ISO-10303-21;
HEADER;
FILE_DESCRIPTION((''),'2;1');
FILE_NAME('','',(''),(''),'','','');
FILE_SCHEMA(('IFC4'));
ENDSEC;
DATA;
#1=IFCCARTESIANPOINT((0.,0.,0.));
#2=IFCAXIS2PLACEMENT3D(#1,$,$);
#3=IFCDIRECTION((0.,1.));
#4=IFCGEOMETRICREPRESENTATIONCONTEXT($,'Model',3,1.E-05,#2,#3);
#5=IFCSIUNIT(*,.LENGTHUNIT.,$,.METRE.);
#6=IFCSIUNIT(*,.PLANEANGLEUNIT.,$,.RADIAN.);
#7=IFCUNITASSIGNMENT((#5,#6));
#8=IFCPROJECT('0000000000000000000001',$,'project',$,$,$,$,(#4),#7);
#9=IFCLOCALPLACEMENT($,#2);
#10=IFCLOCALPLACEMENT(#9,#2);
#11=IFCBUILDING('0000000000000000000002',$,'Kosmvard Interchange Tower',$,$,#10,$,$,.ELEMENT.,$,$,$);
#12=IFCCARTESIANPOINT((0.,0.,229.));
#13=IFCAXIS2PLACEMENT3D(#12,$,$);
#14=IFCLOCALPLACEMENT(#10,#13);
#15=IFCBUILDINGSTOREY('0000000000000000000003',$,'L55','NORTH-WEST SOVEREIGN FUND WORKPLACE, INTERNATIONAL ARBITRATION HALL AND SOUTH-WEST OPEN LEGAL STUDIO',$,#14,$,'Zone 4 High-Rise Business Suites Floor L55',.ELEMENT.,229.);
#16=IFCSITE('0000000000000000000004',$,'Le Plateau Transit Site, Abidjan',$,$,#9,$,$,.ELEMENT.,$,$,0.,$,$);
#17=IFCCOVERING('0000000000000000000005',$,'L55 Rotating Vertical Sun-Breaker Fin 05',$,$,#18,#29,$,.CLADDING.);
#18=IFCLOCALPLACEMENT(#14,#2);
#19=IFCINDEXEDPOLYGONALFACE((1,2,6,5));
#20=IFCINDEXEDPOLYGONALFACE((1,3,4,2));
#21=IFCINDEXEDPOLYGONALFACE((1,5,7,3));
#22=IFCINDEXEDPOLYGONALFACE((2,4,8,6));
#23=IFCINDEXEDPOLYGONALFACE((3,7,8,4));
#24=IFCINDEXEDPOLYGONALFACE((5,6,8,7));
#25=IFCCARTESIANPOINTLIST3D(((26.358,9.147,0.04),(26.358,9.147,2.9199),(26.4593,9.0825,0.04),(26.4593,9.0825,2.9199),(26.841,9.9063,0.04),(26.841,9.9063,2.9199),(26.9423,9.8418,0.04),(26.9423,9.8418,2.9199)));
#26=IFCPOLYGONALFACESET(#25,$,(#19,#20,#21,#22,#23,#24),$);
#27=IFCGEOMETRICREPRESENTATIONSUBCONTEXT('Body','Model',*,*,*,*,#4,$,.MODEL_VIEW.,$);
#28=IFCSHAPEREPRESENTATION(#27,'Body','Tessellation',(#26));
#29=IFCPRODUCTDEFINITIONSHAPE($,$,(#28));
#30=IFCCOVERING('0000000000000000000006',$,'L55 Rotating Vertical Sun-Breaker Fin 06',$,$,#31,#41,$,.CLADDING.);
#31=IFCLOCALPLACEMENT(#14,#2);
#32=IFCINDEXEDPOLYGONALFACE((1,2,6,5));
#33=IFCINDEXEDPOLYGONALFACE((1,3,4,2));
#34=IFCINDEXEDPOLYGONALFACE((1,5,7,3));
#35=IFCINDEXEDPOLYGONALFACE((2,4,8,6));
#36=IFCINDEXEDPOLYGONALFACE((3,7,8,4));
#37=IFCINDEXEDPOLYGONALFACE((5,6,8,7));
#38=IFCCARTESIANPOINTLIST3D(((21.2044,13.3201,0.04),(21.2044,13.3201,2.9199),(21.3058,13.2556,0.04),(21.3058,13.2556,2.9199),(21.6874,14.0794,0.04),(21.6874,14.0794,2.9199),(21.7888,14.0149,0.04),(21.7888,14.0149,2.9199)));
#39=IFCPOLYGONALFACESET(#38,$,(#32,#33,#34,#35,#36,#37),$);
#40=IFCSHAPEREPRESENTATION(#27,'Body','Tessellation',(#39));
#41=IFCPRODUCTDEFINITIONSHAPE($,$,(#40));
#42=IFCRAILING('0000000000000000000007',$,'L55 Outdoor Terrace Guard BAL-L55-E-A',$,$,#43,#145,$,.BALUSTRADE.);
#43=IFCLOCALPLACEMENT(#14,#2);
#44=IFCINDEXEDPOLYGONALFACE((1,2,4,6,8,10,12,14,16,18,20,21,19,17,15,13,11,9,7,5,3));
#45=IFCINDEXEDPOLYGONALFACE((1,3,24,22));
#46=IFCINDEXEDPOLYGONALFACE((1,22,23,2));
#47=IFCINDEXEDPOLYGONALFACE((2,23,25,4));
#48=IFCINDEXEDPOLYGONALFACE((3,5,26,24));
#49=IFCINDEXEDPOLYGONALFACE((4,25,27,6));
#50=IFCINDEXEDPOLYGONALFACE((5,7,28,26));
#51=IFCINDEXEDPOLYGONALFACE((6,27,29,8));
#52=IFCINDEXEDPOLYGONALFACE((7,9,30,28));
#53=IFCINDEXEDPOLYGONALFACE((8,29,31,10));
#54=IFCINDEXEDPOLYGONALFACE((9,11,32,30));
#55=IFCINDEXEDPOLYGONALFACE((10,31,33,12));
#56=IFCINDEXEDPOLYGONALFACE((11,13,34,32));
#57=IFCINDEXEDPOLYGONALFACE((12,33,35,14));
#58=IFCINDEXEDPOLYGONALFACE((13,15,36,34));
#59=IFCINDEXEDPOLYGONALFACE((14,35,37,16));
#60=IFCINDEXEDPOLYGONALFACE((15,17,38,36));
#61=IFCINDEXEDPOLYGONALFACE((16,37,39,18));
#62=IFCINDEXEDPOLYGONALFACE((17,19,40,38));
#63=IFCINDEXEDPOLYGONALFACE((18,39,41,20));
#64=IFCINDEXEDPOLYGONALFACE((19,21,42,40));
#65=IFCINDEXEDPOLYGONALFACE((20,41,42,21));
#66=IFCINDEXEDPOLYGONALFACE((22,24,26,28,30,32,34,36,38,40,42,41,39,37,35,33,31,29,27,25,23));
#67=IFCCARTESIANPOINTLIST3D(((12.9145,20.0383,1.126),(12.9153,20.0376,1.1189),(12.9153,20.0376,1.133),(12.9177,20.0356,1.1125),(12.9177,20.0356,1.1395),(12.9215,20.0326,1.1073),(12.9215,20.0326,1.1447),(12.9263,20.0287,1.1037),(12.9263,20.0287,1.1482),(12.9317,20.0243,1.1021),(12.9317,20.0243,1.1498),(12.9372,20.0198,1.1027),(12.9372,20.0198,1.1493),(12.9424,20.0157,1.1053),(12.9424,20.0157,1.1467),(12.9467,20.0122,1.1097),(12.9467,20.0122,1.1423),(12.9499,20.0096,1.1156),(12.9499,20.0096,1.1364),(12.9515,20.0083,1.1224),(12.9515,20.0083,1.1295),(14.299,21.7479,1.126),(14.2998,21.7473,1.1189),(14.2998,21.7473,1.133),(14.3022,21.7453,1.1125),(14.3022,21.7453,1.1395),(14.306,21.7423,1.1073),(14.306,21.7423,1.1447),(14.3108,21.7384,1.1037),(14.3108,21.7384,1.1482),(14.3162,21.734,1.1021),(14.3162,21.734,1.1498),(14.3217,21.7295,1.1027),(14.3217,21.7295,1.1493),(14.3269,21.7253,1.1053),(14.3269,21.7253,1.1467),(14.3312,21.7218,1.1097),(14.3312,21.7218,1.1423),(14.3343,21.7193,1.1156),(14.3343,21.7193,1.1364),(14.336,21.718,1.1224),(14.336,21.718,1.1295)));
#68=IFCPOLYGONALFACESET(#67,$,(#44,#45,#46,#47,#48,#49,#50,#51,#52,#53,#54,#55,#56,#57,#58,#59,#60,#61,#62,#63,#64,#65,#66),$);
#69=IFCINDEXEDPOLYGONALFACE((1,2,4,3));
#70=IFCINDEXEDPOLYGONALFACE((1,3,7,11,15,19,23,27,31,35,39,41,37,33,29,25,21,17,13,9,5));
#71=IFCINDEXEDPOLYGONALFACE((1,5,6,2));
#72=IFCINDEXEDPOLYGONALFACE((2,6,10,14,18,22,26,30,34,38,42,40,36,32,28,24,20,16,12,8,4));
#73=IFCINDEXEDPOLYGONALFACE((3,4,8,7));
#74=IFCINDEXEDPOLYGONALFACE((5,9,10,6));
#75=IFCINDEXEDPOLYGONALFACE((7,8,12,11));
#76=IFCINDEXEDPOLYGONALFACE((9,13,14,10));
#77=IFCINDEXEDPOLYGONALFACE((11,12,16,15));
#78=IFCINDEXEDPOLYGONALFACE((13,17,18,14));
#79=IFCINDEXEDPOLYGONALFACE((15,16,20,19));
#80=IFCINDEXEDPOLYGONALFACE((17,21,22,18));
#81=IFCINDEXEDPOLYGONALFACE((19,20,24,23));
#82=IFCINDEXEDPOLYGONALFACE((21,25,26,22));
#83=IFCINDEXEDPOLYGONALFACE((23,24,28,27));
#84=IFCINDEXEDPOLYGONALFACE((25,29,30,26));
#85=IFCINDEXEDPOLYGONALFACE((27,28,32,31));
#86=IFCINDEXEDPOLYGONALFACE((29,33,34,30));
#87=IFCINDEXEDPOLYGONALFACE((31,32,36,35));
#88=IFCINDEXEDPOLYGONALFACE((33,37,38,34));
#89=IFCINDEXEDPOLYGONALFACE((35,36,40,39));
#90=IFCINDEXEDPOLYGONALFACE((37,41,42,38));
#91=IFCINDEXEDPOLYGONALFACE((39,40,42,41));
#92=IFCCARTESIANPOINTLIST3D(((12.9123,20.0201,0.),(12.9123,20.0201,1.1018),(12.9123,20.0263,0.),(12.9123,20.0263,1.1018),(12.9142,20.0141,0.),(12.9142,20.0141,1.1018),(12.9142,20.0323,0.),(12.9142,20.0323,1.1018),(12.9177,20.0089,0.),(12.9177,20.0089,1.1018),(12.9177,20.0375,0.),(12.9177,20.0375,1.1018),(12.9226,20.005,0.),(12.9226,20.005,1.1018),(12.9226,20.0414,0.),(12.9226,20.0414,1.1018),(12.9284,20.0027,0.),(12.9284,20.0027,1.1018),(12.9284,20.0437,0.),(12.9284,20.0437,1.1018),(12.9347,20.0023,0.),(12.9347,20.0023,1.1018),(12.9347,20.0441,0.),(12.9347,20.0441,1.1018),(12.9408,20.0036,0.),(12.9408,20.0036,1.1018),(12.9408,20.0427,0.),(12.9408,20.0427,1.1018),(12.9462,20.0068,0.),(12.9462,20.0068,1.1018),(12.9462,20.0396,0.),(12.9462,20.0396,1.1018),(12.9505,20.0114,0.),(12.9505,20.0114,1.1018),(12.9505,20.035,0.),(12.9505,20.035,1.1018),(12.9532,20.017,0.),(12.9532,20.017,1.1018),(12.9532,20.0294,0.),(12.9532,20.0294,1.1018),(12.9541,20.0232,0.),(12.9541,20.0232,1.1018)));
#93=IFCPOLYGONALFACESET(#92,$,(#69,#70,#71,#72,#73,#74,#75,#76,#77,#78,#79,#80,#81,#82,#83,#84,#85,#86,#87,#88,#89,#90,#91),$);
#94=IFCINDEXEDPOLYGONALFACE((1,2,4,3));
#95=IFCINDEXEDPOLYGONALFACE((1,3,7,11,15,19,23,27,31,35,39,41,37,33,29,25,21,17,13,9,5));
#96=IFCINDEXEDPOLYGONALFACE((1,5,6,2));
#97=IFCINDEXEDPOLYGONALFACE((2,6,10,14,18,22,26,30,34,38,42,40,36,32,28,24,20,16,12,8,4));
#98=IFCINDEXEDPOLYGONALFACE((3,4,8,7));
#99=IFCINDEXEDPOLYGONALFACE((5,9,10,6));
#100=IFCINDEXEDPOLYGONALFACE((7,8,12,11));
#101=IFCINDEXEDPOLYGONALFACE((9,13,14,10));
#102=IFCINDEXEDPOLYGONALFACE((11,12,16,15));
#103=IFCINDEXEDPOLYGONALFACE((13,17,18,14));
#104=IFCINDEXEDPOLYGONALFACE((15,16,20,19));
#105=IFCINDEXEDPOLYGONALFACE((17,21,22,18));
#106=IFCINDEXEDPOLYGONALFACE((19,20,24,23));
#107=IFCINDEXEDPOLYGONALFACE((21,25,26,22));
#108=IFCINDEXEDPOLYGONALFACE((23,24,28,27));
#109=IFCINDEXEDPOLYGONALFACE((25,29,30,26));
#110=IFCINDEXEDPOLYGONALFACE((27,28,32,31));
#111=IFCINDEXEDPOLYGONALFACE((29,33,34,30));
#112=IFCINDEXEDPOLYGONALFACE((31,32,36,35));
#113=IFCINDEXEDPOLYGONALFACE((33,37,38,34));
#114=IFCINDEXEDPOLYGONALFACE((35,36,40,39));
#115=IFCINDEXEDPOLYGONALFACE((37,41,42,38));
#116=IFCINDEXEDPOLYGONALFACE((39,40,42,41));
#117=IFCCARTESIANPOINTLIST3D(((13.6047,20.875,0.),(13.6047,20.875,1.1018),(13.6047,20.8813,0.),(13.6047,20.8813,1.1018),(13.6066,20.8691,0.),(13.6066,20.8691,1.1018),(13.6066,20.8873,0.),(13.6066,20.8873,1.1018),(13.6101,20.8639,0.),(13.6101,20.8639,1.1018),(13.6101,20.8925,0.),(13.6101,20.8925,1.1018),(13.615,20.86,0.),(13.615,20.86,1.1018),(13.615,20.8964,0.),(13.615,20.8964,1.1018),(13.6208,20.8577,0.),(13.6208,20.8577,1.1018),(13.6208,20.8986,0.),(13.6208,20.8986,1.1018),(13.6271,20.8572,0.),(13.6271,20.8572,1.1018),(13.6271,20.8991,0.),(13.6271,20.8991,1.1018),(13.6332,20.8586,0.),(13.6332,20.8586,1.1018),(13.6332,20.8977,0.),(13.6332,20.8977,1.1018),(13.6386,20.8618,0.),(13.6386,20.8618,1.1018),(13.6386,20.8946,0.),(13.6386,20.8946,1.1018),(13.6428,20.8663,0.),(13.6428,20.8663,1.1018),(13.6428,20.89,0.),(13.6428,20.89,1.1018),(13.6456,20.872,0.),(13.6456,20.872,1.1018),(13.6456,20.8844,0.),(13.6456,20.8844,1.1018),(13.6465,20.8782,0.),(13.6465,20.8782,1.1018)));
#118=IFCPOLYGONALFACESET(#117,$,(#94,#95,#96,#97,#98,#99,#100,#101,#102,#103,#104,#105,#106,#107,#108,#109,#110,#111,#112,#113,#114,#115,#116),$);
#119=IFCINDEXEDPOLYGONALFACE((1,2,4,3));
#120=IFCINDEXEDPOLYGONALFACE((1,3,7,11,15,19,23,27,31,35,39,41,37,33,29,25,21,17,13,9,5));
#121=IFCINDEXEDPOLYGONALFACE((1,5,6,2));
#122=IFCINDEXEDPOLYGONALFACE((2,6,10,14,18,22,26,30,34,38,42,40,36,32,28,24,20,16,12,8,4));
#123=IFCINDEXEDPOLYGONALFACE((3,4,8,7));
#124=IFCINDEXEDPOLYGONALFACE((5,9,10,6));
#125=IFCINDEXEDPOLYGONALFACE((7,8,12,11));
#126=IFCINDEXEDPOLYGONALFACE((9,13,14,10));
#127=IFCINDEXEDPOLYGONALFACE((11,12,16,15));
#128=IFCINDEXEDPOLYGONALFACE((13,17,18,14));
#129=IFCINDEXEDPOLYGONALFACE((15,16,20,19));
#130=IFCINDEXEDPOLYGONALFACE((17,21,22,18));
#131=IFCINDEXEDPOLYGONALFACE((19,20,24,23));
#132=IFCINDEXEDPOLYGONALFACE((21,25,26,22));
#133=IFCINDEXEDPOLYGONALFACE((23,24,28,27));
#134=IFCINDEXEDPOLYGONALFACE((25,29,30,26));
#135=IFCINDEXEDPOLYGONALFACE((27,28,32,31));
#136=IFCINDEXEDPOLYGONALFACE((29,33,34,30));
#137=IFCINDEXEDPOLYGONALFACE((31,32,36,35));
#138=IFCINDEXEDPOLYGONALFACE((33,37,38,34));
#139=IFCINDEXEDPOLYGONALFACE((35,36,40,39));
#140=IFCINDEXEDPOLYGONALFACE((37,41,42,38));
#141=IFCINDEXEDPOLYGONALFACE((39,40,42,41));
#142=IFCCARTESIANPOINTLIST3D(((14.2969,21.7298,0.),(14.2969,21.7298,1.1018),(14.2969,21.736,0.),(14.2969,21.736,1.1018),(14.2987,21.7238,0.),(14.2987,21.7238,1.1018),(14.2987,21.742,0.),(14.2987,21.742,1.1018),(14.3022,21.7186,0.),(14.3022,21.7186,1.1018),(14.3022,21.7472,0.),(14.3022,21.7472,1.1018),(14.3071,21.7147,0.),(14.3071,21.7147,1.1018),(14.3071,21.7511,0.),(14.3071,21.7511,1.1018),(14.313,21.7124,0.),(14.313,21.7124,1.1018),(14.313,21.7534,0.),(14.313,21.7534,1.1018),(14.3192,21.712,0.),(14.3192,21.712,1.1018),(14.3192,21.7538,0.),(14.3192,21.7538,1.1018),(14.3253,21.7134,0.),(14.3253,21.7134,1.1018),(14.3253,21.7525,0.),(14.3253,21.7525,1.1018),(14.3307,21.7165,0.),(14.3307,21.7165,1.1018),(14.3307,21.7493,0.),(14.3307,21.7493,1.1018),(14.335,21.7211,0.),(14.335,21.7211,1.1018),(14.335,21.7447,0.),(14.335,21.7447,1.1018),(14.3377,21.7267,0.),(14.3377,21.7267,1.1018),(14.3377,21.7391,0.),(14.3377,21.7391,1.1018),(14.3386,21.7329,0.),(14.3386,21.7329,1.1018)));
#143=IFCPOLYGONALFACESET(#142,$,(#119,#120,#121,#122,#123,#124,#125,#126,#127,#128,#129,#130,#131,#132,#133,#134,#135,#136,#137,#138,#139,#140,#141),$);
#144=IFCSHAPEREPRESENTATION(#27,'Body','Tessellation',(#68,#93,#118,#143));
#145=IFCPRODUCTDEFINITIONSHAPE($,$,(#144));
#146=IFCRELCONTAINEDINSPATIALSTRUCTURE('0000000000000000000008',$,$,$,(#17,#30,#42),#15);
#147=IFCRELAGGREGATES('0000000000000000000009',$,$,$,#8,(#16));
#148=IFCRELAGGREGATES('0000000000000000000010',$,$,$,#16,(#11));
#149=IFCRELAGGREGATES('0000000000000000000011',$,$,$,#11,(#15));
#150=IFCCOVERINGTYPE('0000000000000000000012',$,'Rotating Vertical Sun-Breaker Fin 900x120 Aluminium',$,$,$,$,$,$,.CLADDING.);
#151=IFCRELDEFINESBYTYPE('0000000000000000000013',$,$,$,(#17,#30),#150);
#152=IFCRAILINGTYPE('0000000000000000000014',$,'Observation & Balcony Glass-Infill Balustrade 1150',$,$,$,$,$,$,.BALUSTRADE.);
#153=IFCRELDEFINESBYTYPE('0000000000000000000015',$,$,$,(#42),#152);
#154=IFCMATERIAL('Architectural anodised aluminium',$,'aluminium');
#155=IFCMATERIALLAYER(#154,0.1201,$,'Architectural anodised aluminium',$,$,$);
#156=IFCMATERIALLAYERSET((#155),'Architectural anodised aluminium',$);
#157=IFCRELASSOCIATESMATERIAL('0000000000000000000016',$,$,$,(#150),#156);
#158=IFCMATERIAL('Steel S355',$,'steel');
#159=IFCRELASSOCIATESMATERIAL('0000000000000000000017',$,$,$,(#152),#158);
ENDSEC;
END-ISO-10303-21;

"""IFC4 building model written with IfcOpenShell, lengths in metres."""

from ifc_helpers import new_model, si_unit, direction, frame, origin, origin_2d, place, context, subcontext, project, spatial, rectangle, circle, extrude, source, transform, mapped, material, layer, layer_set, type_object, element, save


model = new_model("IFC4")

# Units and contexts
model_context = context("Model", 3, precision=1e-05, world=origin(), true_north=direction((0.0, 1.0)))
body_context = subcontext(model_context, "Body", "Model", "MODEL_VIEW")
ifc_project = project(units=[si_unit("LENGTHUNIT", "METRE"), si_unit("PLANEANGLEUNIT", "RADIAN")], contexts=[model_context])

# Site, building, storey
site_placement = place(None, origin())
site = spatial("IfcSite", under=ifc_project, at=site_placement, Name="Le Plateau Transit Site, Abidjan", CompositionType="ELEMENT", RefElevation=0.0)
building_placement = place(site_placement, origin())
building = spatial("IfcBuilding", under=site, at=building_placement, Name="Kosmvard Interchange Tower", CompositionType="ELEMENT")
storey_placement = place(building_placement, frame((0.0, 0.0, 229.0)))
storey = spatial("IfcBuildingStorey", under=building, at=storey_placement, Name="L55", Description="NORTH-WEST SOVEREIGN FUND WORKPLACE, INTERNATIONAL ARBITRATION HALL AND SOUTH-WEST OPEN LEGAL STUDIO", LongName="Zone 4 High-Rise Business Suites Floor L55", CompositionType="ELEMENT", Elevation=229.0)

# Shared definitions
ifc_material_1 = material(Name="Steel S355", Category="steel")

# Coverings
ifc_material_2 = material(Name="Architectural anodised aluminium", Category="aluminium")
ifc_layer_1 = layer(ifc_material_2, 0.1201, Name="Architectural anodised aluminium")
ifc_layer_set_1 = layer_set([ifc_layer_1], Name="Architectural anodised aluminium")
covering_type = type_object("IfcCoveringType", Name="Rotating Vertical Sun-Breaker Fin 900x120 Aluminium", PredefinedType="CLADDING", material=ifc_layer_set_1)
shared_shape_1 = source(origin(), body_context, "Body", "SweptSolid", [
    extrude(rectangle(XDim=0.8999, YDim=0.1201, at=origin_2d()), origin(), (0.0, 0.0, 1.0), 2.8799),
])
for number, where, z_axis, x_axis, name in (
    (1, (26.6501, 9.4944, 0.04), (0.0, 0.0, 1.0), (0.536711, 0.843766, 0.0), "L55 Rotating Vertical Sun-Breaker Fin 05"),
    (2, (21.4966, 13.6675, 0.04), (0.0, 0.0, 1.0), (0.536711, 0.843766, 0.0), "L55 Rotating Vertical Sun-Breaker Fin 06"),
):
    element("IfcCovering", number, at=place(storey_placement, frame(where, z_axis=z_axis, x_axis=x_axis)), inside=storey, type_object=covering_type, Name=name, PredefinedType="CLADDING", context=body_context, shape_type="MappedRepresentation", body=[
        mapped(shared_shape_1, transform((0.0, 0.0, 0.0), scale=1.0)),
    ])

# Railing
railing_type = type_object("IfcRailingType", Name="Observation & Balcony Glass-Infill Balustrade 1150", PredefinedType="BALUSTRADE", material=ifc_material_1)
shared_shape_2 = source(origin(), body_context, "Body", "SweptSolid", [
    extrude(circle(Radius=0.0239, at=origin_2d()), frame((0.0, 0.0, 1.126), z_axis=(0.629326, 0.777141, 0.0), x_axis=(-0.777141, 0.629326, 0.0)), (0.0, 0.0, 1.0), 2.2),
    extrude(circle(Radius=0.021, at=origin_2d()), origin(), (0.0, 0.0, 1.0), 1.1018),
    extrude(circle(Radius=0.021, at=origin_2d()), frame((0.6924, 0.855, 0.0)), (0.0, 0.0, 1.0), 1.1018),
    extrude(circle(Radius=0.021, at=origin_2d()), frame((1.3845, 1.7097, 0.0)), (0.0, 0.0, 1.0), 1.1018),
])
railing_1_placement = place(storey_placement, frame((12.9331, 20.0232, 0.0)))
element("IfcRailing", 3, at=railing_1_placement, inside=storey, type_object=railing_type, Name="L55 Outdoor Terrace Guard BAL-L55-E-A", PredefinedType="BALUSTRADE", context=body_context, shape_type="MappedRepresentation", body=[
    mapped(shared_shape_2, transform((0.0, 0.0, 0.0), scale=1.0)),
])

save(model, "model.ifc")
